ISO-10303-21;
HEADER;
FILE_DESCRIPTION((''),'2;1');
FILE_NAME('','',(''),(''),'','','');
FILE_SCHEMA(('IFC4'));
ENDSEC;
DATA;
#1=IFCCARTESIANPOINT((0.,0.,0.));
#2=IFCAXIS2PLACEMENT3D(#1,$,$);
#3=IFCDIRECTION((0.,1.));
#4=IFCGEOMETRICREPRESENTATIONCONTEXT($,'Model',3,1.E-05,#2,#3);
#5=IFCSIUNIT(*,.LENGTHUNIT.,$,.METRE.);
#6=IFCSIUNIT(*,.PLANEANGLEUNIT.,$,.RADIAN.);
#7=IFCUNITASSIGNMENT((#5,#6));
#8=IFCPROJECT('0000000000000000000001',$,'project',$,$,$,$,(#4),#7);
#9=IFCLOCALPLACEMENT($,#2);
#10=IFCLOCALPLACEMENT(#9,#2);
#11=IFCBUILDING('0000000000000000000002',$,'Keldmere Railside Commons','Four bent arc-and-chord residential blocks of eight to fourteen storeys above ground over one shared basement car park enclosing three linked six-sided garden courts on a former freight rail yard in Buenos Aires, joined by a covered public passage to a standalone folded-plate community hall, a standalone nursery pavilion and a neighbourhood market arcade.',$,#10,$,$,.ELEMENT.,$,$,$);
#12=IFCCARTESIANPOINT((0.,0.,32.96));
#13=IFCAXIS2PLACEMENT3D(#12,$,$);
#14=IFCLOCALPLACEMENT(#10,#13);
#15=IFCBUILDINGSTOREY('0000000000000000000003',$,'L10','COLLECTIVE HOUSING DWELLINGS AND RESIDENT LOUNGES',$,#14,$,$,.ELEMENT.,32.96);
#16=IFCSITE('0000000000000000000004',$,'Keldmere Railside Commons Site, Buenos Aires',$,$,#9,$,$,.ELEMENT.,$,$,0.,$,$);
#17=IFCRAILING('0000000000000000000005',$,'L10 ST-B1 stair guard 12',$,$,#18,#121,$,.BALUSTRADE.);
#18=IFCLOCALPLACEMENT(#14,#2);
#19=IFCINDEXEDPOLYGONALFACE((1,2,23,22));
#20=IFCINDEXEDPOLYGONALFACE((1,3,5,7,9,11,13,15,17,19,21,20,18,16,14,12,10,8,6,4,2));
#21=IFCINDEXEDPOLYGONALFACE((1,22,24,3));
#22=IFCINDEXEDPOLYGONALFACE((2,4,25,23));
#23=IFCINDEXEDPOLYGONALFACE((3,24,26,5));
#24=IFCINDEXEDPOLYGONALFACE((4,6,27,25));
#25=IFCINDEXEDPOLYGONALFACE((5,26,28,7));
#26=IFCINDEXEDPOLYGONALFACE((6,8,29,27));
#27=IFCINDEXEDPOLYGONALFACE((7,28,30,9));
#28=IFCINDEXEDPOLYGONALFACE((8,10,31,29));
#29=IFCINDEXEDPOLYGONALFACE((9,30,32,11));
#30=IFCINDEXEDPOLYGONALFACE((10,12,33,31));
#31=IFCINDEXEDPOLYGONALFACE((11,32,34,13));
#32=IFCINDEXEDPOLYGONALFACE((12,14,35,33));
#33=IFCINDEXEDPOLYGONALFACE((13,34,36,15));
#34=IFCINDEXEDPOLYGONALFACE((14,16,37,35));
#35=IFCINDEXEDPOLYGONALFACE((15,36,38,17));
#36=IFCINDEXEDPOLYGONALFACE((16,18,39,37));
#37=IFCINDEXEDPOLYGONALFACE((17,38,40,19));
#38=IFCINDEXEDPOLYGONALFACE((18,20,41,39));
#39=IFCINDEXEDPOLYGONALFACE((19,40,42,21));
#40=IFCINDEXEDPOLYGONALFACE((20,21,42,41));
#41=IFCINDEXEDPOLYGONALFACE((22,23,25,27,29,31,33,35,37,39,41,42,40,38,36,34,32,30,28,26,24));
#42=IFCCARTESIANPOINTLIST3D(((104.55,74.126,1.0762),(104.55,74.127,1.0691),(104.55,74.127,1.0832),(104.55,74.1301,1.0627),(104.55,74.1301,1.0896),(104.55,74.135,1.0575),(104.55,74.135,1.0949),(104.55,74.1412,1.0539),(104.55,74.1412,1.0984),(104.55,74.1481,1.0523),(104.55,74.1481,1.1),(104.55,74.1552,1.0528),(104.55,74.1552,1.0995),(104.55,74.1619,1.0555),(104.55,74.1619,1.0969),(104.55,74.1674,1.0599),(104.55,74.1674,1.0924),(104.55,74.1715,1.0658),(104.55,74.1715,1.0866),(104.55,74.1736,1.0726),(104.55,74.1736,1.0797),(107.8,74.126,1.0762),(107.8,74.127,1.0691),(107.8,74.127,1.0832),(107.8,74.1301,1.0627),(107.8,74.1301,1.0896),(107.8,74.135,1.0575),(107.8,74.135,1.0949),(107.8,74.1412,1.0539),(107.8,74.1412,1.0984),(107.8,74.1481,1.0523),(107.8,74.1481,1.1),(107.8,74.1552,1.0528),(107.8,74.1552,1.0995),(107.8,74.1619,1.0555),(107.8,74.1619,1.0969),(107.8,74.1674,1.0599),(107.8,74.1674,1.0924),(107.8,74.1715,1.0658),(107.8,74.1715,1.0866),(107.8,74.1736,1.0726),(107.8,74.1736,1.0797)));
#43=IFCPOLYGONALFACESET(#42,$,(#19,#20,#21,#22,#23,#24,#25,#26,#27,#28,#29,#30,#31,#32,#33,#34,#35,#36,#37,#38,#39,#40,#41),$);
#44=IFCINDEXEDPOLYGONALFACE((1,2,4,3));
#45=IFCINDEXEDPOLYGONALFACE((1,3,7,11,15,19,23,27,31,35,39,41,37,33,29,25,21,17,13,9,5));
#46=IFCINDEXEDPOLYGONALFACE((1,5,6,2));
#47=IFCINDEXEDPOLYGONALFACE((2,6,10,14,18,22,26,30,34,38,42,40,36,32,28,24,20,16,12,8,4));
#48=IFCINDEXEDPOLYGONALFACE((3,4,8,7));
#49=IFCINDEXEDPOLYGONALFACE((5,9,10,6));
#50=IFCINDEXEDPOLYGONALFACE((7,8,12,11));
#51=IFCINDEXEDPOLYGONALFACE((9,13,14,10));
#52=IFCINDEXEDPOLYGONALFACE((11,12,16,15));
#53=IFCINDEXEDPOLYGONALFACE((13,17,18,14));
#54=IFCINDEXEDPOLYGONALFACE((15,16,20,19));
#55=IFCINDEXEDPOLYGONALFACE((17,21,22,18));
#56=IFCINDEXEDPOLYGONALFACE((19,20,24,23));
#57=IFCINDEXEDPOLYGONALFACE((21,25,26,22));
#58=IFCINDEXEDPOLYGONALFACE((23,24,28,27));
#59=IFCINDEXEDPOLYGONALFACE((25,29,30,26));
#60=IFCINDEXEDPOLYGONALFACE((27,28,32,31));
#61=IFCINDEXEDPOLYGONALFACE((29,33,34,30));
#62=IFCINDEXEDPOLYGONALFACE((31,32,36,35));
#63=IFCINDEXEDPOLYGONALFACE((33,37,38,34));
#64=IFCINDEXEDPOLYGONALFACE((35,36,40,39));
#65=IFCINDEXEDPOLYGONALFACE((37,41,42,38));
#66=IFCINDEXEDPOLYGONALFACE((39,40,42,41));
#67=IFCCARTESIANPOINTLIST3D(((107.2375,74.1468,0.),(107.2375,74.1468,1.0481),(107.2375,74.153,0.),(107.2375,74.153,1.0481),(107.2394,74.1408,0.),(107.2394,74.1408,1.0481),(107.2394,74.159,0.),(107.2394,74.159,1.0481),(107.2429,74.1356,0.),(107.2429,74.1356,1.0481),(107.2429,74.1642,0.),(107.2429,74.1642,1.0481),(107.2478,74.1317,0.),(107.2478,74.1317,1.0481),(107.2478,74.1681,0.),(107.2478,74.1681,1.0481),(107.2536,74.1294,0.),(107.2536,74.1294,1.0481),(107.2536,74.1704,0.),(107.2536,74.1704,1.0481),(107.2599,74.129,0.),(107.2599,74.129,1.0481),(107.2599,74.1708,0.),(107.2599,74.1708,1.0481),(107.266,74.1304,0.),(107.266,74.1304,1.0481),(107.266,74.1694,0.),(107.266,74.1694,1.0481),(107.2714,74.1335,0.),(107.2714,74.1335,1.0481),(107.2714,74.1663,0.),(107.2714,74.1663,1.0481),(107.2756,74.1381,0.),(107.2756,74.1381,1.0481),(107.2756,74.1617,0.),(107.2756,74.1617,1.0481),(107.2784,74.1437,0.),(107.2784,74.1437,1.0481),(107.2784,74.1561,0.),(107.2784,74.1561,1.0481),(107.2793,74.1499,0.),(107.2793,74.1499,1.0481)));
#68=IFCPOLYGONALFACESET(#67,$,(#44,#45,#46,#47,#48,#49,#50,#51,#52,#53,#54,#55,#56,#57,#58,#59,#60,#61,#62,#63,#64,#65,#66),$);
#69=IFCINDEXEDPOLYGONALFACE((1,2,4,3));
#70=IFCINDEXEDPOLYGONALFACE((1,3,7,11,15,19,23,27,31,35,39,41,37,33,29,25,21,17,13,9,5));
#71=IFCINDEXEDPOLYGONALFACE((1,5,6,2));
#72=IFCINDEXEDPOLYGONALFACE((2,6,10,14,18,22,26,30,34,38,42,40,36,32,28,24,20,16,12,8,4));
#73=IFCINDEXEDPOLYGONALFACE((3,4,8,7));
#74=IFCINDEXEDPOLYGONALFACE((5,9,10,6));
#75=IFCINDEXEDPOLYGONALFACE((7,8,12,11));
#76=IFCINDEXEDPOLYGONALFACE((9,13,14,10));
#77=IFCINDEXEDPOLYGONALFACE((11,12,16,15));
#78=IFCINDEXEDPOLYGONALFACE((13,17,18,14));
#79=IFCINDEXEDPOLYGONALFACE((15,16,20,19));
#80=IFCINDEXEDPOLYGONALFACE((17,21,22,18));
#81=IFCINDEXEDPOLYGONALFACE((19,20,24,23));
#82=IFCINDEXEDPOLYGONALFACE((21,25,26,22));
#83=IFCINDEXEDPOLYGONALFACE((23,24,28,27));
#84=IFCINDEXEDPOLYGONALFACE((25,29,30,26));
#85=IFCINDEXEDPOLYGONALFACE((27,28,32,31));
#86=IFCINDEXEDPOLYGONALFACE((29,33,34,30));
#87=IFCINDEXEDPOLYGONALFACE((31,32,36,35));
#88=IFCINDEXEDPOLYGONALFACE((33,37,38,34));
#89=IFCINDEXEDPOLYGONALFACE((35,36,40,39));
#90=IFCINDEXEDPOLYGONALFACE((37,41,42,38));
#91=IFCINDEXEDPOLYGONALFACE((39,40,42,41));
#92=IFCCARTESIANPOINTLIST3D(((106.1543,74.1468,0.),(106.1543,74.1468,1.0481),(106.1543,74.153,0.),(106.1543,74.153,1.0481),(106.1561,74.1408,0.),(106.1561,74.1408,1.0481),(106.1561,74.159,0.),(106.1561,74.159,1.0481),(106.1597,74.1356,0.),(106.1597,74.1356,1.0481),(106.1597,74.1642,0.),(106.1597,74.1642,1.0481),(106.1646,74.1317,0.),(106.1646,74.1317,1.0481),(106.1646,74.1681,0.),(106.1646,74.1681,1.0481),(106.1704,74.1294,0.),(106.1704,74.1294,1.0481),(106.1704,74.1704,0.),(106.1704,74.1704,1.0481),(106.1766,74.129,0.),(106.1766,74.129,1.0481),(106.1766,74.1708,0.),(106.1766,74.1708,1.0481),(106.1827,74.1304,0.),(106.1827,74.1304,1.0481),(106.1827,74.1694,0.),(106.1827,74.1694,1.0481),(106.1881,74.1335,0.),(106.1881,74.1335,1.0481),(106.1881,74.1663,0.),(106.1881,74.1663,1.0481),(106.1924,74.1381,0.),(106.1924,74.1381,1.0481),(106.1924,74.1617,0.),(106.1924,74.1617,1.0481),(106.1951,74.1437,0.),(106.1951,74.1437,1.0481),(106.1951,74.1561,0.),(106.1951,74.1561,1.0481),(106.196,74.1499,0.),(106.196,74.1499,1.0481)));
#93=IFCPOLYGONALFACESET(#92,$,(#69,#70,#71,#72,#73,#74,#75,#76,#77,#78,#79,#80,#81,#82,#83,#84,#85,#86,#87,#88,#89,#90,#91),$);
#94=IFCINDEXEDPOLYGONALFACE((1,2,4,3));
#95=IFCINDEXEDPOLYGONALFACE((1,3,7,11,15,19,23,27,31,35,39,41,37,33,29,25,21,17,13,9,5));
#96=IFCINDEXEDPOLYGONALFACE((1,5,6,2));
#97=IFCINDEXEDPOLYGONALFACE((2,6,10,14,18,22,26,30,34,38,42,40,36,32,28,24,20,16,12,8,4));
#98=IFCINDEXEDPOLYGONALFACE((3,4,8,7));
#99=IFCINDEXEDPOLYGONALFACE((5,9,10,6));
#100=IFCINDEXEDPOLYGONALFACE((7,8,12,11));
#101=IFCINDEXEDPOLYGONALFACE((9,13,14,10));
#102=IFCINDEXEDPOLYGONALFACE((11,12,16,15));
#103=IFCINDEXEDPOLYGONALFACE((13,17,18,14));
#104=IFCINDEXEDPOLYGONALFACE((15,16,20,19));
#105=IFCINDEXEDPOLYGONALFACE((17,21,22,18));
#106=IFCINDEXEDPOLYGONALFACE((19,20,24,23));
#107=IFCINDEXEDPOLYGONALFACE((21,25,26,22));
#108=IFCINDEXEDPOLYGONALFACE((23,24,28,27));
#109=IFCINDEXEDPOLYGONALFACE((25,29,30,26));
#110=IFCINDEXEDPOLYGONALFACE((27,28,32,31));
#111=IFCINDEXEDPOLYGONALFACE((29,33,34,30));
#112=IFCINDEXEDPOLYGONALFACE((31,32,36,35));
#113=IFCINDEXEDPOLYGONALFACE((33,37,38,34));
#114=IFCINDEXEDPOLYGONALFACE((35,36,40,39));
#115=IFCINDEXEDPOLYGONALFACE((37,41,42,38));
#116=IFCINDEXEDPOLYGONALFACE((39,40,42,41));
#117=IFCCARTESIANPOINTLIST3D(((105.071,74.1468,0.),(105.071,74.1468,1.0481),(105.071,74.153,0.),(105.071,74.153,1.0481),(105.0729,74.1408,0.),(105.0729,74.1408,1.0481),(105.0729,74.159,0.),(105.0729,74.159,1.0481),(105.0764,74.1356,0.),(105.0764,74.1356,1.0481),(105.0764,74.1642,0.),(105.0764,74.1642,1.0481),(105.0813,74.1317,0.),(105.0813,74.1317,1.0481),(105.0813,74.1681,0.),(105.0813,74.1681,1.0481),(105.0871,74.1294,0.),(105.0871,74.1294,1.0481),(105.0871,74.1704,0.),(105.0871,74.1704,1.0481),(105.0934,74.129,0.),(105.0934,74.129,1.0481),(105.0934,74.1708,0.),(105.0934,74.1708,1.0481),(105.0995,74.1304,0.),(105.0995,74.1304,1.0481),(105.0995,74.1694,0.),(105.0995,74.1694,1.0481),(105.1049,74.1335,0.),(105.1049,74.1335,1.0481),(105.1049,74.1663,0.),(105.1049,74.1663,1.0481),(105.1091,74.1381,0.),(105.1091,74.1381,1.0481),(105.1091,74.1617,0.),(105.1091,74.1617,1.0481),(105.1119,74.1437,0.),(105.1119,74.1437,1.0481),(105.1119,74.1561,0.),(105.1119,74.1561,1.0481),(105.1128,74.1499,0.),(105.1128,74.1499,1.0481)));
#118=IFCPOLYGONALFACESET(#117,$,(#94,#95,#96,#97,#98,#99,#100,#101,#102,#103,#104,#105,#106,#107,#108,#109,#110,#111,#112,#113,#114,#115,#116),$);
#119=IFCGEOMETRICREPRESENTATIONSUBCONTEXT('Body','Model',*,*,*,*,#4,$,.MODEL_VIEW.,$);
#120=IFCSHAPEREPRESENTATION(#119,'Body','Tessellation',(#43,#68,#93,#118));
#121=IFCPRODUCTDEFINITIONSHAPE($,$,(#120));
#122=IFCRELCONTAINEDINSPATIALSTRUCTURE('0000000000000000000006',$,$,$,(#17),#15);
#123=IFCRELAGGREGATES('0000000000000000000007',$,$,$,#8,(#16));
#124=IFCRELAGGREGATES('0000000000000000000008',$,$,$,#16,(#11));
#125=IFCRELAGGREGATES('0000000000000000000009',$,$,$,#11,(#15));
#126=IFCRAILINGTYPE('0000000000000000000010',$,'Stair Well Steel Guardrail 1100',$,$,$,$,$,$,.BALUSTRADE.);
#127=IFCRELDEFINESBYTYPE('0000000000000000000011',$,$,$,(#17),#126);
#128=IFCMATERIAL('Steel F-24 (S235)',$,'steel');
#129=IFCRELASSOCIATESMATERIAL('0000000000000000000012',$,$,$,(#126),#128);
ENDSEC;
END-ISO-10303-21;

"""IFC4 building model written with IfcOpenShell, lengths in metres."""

from ifc_helpers import new_model, si_unit, direction, frame, origin, origin_2d, place, context, subcontext, project, spatial, circle, extrude, material, type_object, element, save


model = new_model("IFC4")

# Units and contexts
model_context = context("Model", 3, precision=1e-05, world=origin(), true_north=direction((0.0, 1.0)))
body_context = subcontext(model_context, "Body", "Model", "MODEL_VIEW")
ifc_project = project(units=[si_unit("LENGTHUNIT", "METRE"), si_unit("PLANEANGLEUNIT", "RADIAN")], contexts=[model_context])

# Site, building, storey
site_placement = place(None, origin())
site = spatial("IfcSite", under=ifc_project, at=site_placement, Name="Keldmere Railside Commons Site, Buenos Aires", CompositionType="ELEMENT", RefElevation=0.0)
building_placement = place(site_placement, origin())
building = spatial("IfcBuilding", under=site, at=building_placement, Name="Keldmere Railside Commons", Description="Four bent arc-and-chord residential blocks of eight to fourteen storeys above ground over one shared basement car park enclosing three linked six-sided garden courts on a former freight rail yard in Buenos Aires, joined by a covered public passage to a standalone folded-plate community hall, a standalone nursery pavilion and a neighbourhood market arcade.", CompositionType="ELEMENT")
storey_placement = place(building_placement, frame((0.0, 0.0, 32.96)))
storey = spatial("IfcBuildingStorey", under=building, at=storey_placement, Name="L10", Description="COLLECTIVE HOUSING DWELLINGS AND RESIDENT LOUNGES", CompositionType="ELEMENT", Elevation=32.96)

# Shared definitions
ifc_material_1 = material(Name="Steel F-24 (S235)", Category="steel")

# Railing
railing_type_1 = type_object("IfcRailingType", Name="Stair Well Steel Guardrail 1100", PredefinedType="BALUSTRADE", material=ifc_material_1)
railing_1_placement = place(storey_placement, frame((107.8, 74.1499, 0.0)))
element("IfcRailing", 1, at=railing_1_placement, inside=storey, type_object=railing_type_1, Name="L10 ST-B1 stair guard 12", PredefinedType="BALUSTRADE", context=body_context, shape_type="SweptSolid", body=[
    extrude(circle(Radius=0.0239, at=origin_2d()), frame((0.0, 0.0, 1.0762), z_axis=(-1.0, 0.0, 0.0), x_axis=(0.0, -1.0, 0.0)), (0.0, 0.0, 1.0), 3.25),
    extrude(circle(Radius=0.021, at=origin_2d()), frame((-0.5417, 0.0, 0.0)), (0.0, 0.0, 1.0), 1.0481),
    extrude(circle(Radius=0.021, at=origin_2d()), frame((-1.625, 0.0, 0.0)), (0.0, 0.0, 1.0), 1.0481),
    extrude(circle(Radius=0.021, at=origin_2d()), frame((-2.7083, 0.0, 0.0)), (0.0, 0.0, 1.0), 1.0481),
])

save(model, "model.ifc")
